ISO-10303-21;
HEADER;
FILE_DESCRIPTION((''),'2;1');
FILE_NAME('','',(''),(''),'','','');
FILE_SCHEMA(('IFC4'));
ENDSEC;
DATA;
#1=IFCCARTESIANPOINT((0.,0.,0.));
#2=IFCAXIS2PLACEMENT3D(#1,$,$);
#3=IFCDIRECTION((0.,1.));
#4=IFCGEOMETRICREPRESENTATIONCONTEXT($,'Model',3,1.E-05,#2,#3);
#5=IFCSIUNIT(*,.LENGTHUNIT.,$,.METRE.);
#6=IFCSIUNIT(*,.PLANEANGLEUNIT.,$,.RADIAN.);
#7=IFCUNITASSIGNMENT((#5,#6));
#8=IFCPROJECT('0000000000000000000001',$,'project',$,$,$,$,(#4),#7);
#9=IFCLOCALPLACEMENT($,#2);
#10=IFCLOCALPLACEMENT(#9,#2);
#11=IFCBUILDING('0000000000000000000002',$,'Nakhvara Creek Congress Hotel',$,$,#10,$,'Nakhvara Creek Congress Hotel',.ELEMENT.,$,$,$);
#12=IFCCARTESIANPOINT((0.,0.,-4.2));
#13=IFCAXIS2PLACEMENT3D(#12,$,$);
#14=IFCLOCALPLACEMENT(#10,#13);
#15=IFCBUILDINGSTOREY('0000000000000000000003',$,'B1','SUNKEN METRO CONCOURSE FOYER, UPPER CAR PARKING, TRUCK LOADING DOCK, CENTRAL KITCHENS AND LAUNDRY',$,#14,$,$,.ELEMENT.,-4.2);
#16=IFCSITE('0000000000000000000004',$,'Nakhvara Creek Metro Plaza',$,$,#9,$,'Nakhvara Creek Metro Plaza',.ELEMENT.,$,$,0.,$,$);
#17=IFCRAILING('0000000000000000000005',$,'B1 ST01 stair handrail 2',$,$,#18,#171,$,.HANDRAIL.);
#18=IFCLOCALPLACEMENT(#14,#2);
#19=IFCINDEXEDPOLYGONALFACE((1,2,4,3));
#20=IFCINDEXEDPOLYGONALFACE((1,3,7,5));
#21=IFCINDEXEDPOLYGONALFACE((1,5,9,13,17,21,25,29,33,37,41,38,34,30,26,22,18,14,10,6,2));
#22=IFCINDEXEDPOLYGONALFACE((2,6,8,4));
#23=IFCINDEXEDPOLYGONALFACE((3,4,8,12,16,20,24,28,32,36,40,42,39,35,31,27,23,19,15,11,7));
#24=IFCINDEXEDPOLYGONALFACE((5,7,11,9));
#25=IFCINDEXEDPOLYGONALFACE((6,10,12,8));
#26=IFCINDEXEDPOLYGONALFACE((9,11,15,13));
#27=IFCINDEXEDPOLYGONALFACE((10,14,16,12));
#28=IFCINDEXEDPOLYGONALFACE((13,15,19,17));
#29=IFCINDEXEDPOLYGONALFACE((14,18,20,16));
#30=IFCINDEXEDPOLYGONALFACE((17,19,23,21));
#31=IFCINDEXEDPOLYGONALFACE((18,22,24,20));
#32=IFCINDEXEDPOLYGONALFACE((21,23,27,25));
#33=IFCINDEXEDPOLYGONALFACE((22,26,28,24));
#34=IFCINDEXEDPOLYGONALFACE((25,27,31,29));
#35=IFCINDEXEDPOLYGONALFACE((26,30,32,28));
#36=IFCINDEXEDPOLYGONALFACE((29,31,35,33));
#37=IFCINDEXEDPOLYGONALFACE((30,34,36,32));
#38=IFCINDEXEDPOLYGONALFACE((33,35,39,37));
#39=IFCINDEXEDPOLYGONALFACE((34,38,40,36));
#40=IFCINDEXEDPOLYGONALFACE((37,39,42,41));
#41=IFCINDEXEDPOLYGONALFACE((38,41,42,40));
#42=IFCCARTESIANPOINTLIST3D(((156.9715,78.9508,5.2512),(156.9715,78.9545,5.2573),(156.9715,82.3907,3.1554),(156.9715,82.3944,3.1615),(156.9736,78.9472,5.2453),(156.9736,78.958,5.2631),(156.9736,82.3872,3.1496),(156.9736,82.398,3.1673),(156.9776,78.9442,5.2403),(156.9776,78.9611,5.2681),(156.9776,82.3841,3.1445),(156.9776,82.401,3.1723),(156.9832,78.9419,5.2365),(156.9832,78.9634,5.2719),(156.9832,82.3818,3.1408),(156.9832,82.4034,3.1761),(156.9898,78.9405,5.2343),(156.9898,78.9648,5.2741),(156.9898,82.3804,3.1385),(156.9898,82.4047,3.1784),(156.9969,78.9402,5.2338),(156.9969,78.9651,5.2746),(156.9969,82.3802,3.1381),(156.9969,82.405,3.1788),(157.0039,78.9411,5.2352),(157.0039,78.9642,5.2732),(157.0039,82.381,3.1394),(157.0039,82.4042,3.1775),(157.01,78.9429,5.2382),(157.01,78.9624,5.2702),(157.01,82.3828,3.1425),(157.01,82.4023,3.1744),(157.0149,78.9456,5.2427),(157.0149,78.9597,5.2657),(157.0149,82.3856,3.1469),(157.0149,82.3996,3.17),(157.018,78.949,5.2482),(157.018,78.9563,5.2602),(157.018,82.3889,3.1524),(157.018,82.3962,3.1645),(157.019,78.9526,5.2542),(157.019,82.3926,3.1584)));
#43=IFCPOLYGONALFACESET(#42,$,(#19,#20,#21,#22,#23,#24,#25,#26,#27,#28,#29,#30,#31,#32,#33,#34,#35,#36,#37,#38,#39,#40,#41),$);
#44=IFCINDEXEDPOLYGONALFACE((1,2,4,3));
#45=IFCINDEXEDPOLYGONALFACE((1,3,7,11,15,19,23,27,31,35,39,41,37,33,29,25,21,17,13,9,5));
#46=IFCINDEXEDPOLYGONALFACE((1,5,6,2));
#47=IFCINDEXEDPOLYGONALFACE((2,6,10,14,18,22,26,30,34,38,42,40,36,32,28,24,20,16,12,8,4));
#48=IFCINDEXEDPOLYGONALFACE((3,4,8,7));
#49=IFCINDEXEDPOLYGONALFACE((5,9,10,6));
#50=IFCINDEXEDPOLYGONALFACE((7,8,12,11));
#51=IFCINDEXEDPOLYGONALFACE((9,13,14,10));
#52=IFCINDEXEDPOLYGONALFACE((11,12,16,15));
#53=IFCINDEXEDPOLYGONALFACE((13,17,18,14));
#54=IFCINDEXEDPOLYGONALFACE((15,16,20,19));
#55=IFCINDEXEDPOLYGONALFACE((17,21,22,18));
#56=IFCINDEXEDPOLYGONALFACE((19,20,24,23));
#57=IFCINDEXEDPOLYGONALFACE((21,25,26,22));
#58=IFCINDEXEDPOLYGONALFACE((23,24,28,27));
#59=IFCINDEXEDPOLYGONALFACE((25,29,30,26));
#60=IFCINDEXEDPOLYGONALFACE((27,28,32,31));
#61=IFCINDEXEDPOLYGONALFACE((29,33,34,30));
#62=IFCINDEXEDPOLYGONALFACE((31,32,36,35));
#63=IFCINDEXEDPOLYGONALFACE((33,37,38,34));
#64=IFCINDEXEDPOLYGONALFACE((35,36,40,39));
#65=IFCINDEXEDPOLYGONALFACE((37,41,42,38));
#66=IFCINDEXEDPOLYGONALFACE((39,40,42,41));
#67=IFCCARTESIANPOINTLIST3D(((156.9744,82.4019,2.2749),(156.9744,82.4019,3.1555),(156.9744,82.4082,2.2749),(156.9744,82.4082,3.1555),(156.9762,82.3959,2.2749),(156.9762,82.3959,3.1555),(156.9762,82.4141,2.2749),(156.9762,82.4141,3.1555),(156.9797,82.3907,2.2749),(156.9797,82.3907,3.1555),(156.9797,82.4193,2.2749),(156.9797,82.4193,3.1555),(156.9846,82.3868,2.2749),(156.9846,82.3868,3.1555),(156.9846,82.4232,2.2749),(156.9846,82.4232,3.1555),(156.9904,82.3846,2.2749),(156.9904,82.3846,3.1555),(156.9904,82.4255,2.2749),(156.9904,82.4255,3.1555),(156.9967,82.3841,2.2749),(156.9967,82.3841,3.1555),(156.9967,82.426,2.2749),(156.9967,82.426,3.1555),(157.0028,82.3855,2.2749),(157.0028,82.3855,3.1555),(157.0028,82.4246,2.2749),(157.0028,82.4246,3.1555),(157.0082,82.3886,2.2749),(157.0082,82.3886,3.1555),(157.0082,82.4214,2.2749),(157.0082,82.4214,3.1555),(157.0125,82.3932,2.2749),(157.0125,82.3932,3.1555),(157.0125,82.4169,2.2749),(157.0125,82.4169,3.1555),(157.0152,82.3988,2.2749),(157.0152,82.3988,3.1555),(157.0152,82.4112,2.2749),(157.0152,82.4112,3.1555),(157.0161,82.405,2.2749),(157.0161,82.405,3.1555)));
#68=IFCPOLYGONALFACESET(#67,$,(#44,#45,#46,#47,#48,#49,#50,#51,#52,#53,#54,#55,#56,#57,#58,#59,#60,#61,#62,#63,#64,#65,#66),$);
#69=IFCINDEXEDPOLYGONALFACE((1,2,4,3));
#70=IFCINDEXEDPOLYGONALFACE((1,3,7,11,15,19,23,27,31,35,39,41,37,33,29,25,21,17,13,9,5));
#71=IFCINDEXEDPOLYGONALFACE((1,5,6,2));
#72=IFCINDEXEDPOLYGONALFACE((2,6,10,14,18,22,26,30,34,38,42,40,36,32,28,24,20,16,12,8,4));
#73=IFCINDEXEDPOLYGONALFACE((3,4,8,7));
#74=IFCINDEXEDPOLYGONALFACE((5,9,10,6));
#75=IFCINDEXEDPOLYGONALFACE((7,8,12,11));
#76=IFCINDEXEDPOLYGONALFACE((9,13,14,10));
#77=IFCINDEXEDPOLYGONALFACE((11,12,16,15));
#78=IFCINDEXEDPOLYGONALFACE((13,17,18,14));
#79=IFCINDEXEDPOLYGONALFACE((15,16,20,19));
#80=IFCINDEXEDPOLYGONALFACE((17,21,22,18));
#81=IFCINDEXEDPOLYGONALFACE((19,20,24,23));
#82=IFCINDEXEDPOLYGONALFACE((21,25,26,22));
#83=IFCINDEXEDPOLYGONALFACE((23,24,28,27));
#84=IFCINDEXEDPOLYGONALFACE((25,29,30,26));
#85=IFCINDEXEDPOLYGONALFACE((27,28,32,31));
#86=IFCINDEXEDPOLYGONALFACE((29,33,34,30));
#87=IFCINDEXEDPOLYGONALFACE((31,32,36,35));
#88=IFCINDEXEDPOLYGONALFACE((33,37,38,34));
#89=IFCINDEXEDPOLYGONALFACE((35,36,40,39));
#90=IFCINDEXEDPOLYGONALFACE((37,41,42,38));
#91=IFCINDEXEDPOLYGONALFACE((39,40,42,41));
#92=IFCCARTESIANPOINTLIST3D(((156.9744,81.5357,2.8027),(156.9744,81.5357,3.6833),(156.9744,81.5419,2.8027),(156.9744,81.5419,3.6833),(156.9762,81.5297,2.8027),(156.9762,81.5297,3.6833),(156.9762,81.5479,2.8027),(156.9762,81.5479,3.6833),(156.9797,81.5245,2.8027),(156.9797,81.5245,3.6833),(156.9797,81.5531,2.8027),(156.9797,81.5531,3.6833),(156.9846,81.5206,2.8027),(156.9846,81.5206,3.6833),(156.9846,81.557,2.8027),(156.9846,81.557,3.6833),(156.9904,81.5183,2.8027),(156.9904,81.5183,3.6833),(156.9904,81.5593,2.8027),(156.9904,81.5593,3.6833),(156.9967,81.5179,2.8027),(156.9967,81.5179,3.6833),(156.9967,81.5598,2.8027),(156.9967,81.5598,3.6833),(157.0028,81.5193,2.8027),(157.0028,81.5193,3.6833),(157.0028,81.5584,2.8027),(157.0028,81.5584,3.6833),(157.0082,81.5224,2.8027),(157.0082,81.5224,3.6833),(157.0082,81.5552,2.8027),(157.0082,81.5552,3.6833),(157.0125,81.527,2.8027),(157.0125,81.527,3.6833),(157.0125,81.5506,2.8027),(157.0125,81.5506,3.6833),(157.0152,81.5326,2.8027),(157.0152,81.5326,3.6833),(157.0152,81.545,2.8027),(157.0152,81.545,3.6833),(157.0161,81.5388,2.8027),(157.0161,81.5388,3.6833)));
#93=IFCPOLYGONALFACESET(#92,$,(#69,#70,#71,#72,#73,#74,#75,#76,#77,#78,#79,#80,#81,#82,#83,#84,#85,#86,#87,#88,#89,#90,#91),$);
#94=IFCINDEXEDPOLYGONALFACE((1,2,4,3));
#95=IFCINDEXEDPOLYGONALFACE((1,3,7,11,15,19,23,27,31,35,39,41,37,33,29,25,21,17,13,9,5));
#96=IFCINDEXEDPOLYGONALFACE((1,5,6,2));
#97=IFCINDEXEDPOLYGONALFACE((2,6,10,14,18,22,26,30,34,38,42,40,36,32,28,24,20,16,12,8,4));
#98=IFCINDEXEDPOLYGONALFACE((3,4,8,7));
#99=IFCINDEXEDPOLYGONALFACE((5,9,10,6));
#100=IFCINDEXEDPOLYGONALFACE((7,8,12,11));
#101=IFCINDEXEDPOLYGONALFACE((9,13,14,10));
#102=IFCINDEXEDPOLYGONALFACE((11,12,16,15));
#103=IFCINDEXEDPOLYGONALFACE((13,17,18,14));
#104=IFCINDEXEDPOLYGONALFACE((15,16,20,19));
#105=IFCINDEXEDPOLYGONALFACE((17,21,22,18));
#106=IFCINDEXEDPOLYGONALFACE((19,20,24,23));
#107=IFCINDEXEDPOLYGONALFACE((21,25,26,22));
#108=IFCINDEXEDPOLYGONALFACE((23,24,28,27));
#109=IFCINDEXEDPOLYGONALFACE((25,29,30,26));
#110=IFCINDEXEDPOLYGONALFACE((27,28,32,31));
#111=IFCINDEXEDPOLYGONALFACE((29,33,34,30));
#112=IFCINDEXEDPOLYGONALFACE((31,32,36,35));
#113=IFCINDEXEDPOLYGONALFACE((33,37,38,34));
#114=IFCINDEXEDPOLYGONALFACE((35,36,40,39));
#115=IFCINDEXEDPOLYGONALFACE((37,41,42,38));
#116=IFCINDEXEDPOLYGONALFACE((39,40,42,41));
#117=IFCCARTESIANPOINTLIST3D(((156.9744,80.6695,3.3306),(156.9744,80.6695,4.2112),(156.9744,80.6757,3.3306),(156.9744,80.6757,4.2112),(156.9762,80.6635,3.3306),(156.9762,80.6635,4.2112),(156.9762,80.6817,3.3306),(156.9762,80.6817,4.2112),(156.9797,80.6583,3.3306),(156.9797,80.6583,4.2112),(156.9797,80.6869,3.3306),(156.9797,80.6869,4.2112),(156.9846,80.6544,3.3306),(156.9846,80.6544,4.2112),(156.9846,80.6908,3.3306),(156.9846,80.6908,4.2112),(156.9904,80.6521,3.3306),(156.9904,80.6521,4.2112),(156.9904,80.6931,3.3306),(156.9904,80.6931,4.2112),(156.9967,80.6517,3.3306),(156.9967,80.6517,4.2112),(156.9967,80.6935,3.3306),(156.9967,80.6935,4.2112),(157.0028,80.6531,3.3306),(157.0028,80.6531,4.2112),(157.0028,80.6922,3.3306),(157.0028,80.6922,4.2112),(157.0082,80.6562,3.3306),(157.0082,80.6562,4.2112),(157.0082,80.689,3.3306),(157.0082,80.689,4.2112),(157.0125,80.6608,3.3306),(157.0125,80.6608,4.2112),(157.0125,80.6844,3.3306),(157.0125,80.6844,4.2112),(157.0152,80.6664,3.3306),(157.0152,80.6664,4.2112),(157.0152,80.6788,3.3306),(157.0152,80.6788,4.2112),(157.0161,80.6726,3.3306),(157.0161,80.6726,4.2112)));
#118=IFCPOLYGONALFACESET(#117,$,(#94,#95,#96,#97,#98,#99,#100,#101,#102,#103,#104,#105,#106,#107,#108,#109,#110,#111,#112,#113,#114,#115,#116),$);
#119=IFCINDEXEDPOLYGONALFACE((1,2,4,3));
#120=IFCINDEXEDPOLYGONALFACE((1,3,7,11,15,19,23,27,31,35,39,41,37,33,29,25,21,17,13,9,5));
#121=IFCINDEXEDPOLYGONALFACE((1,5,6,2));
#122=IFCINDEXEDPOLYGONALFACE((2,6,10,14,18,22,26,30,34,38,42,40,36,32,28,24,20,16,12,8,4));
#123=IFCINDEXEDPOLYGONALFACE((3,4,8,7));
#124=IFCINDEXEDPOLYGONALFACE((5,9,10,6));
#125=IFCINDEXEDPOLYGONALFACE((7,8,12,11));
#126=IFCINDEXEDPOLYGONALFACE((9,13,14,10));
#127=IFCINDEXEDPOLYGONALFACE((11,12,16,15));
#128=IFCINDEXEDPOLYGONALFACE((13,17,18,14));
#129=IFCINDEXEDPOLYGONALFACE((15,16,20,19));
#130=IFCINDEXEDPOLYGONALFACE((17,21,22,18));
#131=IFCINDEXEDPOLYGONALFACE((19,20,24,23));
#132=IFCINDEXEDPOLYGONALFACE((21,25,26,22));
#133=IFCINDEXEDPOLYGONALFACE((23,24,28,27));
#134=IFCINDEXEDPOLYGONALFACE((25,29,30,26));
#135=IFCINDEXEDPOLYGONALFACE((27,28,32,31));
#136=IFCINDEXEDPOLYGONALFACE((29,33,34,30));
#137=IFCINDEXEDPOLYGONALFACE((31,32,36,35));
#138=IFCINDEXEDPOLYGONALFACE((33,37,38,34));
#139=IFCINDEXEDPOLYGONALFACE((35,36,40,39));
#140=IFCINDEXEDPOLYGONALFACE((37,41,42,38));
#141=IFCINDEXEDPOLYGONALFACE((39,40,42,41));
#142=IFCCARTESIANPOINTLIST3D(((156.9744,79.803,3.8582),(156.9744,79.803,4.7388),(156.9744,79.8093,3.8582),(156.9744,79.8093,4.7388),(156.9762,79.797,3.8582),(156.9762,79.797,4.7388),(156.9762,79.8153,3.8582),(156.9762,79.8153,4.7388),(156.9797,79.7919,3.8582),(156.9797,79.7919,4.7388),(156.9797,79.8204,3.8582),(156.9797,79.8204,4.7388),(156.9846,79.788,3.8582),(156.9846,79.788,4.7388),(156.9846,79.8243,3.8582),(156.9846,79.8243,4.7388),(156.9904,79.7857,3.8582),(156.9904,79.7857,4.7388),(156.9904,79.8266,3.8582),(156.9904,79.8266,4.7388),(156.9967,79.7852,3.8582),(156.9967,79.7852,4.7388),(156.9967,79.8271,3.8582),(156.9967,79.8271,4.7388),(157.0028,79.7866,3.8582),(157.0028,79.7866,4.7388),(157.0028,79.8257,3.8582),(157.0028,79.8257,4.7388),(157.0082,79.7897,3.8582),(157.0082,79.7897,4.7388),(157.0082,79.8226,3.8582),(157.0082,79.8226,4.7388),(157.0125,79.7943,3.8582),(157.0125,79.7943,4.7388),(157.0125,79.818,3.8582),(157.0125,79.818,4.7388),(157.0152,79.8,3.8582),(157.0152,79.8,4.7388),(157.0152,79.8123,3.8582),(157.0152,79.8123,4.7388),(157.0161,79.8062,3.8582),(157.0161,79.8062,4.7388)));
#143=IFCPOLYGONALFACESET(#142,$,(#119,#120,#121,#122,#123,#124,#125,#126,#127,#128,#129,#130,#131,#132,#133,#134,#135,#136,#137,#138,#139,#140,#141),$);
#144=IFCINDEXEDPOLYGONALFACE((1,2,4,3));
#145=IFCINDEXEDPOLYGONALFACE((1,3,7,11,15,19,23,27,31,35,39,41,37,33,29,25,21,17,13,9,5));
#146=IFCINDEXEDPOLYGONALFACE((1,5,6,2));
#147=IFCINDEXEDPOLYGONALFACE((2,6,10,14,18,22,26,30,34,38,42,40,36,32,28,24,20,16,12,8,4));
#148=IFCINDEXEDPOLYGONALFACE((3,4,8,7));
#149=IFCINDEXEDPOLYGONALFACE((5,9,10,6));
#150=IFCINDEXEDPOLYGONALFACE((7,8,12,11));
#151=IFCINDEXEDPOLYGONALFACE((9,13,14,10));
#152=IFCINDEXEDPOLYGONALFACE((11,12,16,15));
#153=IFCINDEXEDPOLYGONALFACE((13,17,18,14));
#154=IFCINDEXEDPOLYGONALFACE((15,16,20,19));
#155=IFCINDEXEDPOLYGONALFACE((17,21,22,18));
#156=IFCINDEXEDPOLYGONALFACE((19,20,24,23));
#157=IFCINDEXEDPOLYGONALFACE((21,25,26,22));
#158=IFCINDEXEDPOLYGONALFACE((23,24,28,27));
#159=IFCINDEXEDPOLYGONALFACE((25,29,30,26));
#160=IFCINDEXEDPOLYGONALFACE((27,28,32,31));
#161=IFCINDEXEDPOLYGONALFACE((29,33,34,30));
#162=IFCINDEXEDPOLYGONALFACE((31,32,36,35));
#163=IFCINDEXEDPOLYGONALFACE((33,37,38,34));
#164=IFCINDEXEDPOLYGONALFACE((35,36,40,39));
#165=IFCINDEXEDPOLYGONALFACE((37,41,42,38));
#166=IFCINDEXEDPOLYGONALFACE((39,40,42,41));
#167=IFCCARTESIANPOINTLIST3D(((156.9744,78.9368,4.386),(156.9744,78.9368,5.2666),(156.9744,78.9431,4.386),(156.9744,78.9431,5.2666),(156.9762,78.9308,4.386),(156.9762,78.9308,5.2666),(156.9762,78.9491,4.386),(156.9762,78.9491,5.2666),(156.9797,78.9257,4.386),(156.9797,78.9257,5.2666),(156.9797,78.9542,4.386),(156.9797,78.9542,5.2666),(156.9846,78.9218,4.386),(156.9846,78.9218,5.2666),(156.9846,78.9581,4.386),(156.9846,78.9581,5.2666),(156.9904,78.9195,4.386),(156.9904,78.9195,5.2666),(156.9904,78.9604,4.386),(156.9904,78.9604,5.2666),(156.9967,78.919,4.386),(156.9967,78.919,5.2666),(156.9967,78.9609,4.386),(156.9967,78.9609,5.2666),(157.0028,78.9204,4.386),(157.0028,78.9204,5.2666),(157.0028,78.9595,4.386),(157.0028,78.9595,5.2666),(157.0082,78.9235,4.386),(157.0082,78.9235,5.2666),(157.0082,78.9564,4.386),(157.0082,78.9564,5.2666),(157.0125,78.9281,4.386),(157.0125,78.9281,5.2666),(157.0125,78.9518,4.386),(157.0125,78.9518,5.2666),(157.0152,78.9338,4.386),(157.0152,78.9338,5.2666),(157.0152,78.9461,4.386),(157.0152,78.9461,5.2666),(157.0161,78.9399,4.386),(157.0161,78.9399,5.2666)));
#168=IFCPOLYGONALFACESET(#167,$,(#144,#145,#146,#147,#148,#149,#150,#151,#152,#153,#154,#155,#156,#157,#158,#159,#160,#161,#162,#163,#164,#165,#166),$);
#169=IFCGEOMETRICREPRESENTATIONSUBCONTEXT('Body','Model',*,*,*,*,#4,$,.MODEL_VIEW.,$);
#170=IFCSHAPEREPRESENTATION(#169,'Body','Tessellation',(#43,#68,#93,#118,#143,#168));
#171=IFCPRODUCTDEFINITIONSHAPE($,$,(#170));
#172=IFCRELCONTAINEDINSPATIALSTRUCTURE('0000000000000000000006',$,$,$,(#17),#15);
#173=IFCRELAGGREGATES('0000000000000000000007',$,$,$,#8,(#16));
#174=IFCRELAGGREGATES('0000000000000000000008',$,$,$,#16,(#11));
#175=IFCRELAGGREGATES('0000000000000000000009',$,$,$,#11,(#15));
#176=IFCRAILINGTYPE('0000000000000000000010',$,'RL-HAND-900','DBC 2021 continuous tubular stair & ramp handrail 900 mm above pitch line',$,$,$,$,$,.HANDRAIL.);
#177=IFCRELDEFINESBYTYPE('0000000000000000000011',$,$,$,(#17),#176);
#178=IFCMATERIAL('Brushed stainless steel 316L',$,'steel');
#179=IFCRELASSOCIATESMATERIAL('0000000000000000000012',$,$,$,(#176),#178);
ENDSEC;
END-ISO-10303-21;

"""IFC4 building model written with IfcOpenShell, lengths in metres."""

from ifc_helpers import new_model, si_unit, direction, frame, origin, origin_2d, place, context, subcontext, project, spatial, circle, extrude, material, type_object, element, save


model = new_model("IFC4")

# Units and contexts
model_context = context("Model", 3, precision=1e-05, world=origin(), true_north=direction((0.0, 1.0)))
body_context = subcontext(model_context, "Body", "Model", "MODEL_VIEW")
ifc_project = project(units=[si_unit("LENGTHUNIT", "METRE"), si_unit("PLANEANGLEUNIT", "RADIAN")], contexts=[model_context])

# Site, building, storey
site_placement = place(None, origin())
site = spatial("IfcSite", under=ifc_project, at=site_placement, Name="Nakhvara Creek Metro Plaza", LongName="Nakhvara Creek Metro Plaza", CompositionType="ELEMENT", RefElevation=0.0)
building_placement = place(site_placement, origin())
building = spatial("IfcBuilding", under=site, at=building_placement, Name="Nakhvara Creek Congress Hotel", LongName="Nakhvara Creek Congress Hotel", CompositionType="ELEMENT")
storey_placement = place(building_placement, frame((0.0, 0.0, -4.2)))
storey = spatial("IfcBuildingStorey", under=building, at=storey_placement, Name="B1", Description="SUNKEN METRO CONCOURSE FOYER, UPPER CAR PARKING, TRUCK LOADING DOCK, CENTRAL KITCHENS AND LAUNDRY", CompositionType="ELEMENT", Elevation=-4.2)

# Railing
ifc_material_1 = material(Name="Brushed stainless steel 316L", Category="steel")
railing_type_1 = type_object("IfcRailingType", Name="RL-HAND-900", Description="DBC 2021 continuous tubular stair & ramp handrail 900 mm above pitch line", PredefinedType="HANDRAIL", material=ifc_material_1)
railing_1_placement = place(storey_placement, frame((156.9951, 82.405, 2.2749)))
element("IfcRailing", 1, at=railing_1_placement, inside=storey, type_object=railing_type_1, Name="B1 ST01 stair handrail 2", PredefinedType="HANDRAIL", context=body_context, shape_type="SweptSolid", body=[
    extrude(circle(Radius=0.0239, at=origin_2d()), frame((0.0, -0.0125, 0.8835), z_axis=(0.0, -0.853991, 0.520289), x_axis=(1.0, 0.0, 0.0)), (0.0, 0.0, 1.0), 4.0281),
    extrude(circle(Radius=0.021, at=origin_2d()), origin(), (0.0, 0.0, 1.0), 0.8806),
    extrude(circle(Radius=0.021, at=origin_2d()), frame((0.0, -0.8662, 0.5278)), (0.0, 0.0, 1.0), 0.8806),
    extrude(circle(Radius=0.021, at=origin_2d()), frame((0.0, -1.7324, 1.0557)), (0.0, 0.0, 1.0), 0.8806),
    extrude(circle(Radius=0.021, at=origin_2d()), frame((0.0, -2.5989, 1.5833)), (0.0, 0.0, 1.0), 0.8806),
    extrude(circle(Radius=0.021, at=origin_2d()), frame((0.0, -3.4651, 2.1111)), (0.0, 0.0, 1.0), 0.8806),
])

save(model, "model.ifc")
